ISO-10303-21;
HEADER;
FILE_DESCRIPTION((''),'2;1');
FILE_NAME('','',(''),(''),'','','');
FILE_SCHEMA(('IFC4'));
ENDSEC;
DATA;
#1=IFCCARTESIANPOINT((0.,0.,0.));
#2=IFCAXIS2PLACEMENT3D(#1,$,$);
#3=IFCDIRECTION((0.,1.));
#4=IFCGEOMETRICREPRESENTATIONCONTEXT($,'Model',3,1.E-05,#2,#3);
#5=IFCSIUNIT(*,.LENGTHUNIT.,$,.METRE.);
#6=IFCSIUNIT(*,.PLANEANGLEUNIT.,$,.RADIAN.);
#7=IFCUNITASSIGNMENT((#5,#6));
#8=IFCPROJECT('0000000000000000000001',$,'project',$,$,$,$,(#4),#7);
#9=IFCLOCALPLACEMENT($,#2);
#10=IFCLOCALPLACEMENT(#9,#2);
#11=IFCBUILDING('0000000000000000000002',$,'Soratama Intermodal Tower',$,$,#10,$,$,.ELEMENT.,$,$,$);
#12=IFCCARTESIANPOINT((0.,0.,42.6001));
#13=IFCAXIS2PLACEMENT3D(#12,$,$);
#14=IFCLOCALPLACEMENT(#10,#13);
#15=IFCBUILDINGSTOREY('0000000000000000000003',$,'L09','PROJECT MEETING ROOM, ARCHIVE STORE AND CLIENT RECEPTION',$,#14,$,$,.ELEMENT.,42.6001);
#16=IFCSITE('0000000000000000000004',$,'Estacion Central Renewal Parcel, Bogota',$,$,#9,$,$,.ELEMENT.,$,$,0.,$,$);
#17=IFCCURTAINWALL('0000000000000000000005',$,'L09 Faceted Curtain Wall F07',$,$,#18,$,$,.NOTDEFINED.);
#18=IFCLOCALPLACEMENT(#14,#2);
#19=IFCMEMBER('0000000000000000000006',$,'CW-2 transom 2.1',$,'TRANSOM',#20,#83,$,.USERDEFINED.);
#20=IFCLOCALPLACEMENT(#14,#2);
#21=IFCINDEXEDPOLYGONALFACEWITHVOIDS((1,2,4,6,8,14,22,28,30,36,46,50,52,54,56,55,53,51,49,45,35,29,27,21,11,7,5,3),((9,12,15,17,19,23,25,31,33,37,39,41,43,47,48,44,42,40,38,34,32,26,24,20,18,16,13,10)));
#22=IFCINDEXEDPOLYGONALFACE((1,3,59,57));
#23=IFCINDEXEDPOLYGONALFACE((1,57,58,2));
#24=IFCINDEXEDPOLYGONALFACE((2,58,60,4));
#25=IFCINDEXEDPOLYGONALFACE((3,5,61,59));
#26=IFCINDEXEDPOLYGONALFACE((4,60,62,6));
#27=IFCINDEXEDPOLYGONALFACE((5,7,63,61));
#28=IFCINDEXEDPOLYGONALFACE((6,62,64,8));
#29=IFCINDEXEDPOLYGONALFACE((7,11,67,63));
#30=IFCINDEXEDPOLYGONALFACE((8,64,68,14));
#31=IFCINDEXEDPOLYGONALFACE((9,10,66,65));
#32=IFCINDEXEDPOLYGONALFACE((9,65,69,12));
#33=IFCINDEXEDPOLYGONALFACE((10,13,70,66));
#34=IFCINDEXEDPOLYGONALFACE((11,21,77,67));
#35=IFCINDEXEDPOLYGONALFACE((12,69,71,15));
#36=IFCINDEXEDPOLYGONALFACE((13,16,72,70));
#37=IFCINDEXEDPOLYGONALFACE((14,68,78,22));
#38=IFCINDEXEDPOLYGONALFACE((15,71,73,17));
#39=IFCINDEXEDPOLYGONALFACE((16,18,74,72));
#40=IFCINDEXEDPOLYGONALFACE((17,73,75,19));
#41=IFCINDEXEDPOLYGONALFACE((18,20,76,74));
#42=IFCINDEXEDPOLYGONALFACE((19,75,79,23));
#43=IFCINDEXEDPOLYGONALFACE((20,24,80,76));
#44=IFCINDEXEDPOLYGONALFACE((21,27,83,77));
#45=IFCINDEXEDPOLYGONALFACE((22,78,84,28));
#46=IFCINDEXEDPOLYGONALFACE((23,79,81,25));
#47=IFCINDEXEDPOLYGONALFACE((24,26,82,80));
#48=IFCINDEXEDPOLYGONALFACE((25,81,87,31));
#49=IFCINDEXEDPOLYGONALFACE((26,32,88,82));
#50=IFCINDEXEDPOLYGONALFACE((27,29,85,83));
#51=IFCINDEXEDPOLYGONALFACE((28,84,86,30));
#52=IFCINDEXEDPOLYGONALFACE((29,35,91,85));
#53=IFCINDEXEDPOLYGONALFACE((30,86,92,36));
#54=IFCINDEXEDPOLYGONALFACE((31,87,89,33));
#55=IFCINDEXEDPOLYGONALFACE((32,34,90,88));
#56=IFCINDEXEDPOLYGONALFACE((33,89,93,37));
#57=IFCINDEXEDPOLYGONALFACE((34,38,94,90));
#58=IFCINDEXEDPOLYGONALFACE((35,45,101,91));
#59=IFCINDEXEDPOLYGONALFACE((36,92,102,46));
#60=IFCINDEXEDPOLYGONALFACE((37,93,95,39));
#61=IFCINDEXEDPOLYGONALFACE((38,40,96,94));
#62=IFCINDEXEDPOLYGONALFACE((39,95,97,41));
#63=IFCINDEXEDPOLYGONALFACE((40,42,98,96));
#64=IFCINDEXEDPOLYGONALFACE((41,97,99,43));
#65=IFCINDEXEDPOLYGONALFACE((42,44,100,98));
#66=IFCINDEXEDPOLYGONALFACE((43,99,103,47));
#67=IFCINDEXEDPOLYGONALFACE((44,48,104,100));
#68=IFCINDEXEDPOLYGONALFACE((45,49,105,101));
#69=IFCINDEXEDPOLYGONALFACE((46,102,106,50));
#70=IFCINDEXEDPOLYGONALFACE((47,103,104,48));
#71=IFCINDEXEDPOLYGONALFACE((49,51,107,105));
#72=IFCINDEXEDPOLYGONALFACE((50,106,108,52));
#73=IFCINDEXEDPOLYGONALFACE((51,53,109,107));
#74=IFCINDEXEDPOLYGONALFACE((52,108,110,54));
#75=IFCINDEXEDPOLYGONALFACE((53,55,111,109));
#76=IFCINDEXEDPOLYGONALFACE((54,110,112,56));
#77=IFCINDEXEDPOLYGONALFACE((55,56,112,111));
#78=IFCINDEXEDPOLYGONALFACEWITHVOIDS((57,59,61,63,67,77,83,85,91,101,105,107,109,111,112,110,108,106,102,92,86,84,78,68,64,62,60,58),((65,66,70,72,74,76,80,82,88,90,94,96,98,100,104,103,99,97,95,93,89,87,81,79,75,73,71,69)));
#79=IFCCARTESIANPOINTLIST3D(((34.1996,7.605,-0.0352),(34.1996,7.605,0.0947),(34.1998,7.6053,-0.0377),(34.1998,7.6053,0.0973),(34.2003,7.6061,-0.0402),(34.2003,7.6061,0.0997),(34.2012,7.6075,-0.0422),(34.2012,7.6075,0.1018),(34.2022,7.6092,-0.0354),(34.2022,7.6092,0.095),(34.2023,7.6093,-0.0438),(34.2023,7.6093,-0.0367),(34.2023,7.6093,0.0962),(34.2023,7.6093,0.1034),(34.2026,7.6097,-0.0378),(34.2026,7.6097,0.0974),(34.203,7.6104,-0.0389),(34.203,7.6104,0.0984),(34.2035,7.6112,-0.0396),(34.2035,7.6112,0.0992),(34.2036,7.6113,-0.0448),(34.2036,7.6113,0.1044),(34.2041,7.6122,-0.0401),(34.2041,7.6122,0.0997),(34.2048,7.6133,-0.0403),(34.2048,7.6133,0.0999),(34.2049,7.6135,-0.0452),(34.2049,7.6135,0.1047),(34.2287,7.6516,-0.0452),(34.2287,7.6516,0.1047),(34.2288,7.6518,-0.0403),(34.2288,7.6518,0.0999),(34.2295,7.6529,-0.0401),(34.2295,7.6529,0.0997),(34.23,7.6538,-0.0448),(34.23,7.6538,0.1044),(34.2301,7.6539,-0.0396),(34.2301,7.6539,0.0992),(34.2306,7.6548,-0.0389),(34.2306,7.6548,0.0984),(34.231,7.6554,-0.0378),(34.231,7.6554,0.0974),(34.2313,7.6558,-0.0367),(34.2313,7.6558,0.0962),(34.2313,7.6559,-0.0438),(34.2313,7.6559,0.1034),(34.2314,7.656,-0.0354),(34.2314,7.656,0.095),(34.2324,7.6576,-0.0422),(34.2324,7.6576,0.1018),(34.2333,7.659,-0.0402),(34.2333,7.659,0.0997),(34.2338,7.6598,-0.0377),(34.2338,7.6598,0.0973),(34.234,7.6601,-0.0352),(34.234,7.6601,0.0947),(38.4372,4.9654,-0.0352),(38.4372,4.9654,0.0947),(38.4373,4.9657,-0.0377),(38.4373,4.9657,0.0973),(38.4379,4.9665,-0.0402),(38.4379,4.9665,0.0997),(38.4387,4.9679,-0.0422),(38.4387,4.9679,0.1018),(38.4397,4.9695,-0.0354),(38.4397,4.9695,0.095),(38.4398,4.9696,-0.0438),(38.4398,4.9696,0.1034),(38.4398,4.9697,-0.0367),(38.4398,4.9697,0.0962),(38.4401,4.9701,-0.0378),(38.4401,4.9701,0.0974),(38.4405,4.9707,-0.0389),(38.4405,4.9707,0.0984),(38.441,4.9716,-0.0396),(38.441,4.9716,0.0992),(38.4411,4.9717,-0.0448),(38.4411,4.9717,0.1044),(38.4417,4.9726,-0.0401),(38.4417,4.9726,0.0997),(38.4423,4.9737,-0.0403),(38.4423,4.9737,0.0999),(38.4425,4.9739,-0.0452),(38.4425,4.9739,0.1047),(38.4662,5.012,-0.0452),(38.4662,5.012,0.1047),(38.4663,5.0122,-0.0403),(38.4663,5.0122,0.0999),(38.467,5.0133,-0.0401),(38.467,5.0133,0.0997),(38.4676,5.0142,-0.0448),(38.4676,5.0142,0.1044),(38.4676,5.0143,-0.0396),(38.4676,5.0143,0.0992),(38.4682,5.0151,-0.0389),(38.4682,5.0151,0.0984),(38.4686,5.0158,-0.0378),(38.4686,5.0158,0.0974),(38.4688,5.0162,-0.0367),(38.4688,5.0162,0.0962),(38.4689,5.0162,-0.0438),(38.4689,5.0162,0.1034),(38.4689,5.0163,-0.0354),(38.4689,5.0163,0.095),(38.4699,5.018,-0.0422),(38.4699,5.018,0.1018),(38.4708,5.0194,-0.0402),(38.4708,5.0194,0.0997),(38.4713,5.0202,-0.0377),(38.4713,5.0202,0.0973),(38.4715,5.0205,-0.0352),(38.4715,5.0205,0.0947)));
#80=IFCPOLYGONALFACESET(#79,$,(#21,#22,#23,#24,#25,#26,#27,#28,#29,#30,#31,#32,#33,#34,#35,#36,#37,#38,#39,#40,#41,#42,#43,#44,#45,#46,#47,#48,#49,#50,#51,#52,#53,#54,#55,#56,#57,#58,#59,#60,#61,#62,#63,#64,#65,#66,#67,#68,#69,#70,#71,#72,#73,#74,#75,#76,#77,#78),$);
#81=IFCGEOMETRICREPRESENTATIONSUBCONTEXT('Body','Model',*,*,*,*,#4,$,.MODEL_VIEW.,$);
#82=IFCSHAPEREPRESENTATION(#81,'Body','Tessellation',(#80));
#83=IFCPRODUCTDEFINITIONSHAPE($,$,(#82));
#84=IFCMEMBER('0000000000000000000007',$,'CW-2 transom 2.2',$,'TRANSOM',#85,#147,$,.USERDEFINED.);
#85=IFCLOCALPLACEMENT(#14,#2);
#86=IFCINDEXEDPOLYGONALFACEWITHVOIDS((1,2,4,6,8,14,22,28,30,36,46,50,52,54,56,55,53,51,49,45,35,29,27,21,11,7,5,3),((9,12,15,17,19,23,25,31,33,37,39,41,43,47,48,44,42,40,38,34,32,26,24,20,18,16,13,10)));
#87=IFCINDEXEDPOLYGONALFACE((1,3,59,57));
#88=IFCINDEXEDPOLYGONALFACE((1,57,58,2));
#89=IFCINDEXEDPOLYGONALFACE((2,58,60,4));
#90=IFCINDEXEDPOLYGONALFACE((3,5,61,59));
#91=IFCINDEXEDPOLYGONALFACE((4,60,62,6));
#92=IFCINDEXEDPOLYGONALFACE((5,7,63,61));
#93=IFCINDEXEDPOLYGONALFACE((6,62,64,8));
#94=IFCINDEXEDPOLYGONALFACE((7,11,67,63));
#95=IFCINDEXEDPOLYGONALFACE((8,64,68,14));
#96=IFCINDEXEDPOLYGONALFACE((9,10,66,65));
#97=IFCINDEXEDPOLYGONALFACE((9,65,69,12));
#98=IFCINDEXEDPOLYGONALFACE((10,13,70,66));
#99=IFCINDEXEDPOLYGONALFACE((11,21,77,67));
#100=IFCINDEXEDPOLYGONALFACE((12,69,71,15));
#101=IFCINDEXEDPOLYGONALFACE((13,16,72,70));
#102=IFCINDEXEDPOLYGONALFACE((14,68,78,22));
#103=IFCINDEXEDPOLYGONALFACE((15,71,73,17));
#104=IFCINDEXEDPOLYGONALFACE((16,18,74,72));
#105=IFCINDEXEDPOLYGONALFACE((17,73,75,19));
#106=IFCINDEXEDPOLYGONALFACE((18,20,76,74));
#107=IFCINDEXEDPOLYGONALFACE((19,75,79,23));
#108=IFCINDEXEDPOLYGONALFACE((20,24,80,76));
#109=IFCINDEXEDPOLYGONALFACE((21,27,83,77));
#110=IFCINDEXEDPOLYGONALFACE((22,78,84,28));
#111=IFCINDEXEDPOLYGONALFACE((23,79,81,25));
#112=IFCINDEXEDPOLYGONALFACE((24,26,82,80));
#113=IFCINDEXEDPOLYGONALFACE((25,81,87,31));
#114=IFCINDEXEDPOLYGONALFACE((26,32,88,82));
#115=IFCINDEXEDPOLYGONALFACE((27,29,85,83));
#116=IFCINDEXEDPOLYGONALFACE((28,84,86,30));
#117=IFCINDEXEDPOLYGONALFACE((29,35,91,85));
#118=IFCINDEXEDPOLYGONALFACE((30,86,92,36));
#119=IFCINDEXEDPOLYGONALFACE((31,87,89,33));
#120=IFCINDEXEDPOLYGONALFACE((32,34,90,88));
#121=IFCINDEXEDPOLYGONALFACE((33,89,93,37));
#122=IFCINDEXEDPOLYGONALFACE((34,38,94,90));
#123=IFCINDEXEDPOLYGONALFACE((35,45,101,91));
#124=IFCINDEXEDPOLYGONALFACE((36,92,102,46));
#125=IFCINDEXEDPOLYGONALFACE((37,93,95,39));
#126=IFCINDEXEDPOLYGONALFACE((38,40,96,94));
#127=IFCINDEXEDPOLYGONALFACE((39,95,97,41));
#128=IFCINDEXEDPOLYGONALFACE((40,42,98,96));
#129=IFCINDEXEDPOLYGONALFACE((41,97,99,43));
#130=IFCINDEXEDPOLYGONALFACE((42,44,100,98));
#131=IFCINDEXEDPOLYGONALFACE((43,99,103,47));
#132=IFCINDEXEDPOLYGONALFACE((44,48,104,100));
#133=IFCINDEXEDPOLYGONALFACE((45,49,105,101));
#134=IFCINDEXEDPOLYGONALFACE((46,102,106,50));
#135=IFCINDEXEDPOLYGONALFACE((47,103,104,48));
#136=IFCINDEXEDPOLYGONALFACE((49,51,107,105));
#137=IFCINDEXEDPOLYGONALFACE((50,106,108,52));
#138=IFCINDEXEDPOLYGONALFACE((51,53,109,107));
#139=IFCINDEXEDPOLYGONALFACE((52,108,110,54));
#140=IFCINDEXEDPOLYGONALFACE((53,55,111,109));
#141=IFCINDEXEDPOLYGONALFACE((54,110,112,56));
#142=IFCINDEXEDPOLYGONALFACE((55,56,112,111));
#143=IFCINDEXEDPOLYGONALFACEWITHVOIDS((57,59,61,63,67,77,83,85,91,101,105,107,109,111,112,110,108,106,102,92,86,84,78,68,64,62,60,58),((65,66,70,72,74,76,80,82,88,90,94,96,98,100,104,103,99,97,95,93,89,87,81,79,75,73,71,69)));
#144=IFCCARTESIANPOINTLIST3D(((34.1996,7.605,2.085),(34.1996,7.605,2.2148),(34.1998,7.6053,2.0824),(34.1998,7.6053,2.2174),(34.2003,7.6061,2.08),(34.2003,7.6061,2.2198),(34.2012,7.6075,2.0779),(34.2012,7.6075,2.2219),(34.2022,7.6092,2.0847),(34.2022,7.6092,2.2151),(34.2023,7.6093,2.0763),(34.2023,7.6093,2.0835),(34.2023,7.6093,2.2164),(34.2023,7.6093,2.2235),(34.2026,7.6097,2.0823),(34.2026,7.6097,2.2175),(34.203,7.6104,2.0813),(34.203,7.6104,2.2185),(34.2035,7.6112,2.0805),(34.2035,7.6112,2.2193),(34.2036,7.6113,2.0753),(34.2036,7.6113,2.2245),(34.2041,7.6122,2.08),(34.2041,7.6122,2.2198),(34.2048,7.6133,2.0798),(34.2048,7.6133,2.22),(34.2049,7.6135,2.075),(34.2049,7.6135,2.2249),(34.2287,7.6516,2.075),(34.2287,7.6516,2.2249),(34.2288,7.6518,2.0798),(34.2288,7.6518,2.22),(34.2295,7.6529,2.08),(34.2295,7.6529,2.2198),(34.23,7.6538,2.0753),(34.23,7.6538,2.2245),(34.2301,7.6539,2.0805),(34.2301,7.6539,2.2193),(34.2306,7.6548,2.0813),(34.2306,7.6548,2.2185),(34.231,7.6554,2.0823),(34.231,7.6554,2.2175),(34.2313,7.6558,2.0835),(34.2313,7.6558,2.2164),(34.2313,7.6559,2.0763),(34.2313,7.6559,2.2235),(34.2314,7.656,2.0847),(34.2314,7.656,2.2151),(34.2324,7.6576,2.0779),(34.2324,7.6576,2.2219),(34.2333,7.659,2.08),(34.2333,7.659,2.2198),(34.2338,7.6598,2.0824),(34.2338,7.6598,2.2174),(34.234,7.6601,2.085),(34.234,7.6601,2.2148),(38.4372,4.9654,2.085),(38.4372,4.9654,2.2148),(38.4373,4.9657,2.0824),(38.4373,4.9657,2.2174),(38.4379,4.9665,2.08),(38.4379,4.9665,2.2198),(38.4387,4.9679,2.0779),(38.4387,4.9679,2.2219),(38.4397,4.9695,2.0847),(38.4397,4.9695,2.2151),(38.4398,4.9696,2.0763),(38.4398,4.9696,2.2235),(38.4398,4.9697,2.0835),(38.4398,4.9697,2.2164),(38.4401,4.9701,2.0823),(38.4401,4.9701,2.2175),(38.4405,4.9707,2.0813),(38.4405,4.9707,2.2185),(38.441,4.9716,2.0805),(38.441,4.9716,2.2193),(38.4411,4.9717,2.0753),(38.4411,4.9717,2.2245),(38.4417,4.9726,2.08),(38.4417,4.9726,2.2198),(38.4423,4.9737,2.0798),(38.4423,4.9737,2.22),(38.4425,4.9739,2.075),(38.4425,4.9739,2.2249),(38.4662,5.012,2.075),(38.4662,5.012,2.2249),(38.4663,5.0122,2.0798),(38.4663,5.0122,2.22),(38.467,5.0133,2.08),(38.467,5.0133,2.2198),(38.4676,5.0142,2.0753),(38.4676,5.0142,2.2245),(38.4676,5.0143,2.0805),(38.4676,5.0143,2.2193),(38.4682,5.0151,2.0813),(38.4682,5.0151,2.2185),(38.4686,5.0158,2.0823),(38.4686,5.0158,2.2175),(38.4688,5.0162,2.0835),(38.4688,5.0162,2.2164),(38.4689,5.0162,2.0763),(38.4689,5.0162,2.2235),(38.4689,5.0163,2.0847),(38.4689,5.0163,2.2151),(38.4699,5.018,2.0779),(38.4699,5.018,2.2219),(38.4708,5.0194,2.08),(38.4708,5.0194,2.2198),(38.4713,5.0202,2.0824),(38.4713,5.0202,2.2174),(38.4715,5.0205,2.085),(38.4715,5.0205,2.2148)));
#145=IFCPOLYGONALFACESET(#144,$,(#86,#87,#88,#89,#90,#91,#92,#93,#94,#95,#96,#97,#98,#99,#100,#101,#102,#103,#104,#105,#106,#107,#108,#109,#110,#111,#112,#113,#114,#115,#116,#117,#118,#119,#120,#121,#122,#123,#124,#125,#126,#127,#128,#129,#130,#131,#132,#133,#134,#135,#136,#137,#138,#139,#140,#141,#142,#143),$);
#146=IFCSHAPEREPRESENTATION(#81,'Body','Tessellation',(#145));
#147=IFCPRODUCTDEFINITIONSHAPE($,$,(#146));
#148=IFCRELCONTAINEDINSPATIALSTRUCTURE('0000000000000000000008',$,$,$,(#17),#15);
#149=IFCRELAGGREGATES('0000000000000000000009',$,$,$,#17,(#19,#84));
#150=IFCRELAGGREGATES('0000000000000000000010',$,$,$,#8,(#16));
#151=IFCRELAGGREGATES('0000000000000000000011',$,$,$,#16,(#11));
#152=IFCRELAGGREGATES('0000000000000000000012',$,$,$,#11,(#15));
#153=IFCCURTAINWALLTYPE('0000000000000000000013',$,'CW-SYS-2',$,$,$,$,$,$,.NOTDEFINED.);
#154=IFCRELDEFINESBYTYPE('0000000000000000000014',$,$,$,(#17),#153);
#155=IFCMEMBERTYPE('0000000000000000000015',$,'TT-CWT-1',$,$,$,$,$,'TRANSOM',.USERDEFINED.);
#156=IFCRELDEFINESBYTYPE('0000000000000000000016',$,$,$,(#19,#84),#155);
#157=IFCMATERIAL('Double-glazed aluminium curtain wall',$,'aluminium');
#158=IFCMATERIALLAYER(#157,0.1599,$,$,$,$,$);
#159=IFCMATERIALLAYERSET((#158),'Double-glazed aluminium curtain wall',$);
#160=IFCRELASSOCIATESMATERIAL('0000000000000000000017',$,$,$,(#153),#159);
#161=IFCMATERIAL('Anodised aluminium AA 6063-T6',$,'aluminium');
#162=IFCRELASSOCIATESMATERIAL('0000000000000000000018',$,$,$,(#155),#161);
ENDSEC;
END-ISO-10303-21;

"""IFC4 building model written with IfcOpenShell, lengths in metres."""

from ifc_helpers import new_model, si_unit, direction, frame, origin, origin_2d, place, context, subcontext, project, spatial, hollow_rectangle, extrude, material, layer, layer_set, material_profile, profile_set, type_object, element, aggregate, save


model = new_model("IFC4")

# Units and contexts
model_context = context("Model", 3, precision=1e-05, world=origin(), true_north=direction((0.0, 1.0)))
body_context = subcontext(model_context, "Body", "Model", "MODEL_VIEW")
ifc_project = project(units=[si_unit("LENGTHUNIT", "METRE"), si_unit("PLANEANGLEUNIT", "RADIAN")], contexts=[model_context])

# Site, building, storey
site_placement = place(None, origin())
site = spatial("IfcSite", under=ifc_project, at=site_placement, Name="Estacion Central Renewal Parcel, Bogota", CompositionType="ELEMENT", RefElevation=0.0)
building_placement = place(site_placement, origin())
building = spatial("IfcBuilding", under=site, at=building_placement, Name="Soratama Intermodal Tower", CompositionType="ELEMENT")
storey_placement = place(building_placement, frame((0.0, 0.0, 42.6001)))
storey = spatial("IfcBuildingStorey", under=building, at=storey_placement, Name="L09", Description="PROJECT MEETING ROOM, ARCHIVE STORE AND CLIENT RECEPTION", CompositionType="ELEMENT", Elevation=42.6001)

# Curtain wall, members
ifc_material_1 = material(Name="Double-glazed aluminium curtain wall", Category="aluminium")
ifc_layer_1 = layer(ifc_material_1, 0.1599)
ifc_layer_set_1 = layer_set([ifc_layer_1], Name="Double-glazed aluminium curtain wall")
curtain_wall_type = type_object("IfcCurtainWallType", Name="CW-SYS-2", PredefinedType="NOTDEFINED", material=ifc_layer_set_1)
curtain_wall_placement = place(storey_placement, origin())
curtain_wall = element("IfcCurtainWall", 1, at=curtain_wall_placement, inside=storey, type_object=curtain_wall_type, Name="L09 Faceted Curtain Wall F07", PredefinedType="NOTDEFINED")
ifc_material_2 = material(Name="Anodised aluminium AA 6063-T6", Category="aluminium")
ifc_material_profile_1 = material_profile(ifc_material_2, hollow_rectangle(XDim=0.0649, YDim=0.1499, WallThickness=0.0049, InnerFilletRadius=0.0049, OuterFilletRadius=0.01, at=origin_2d()), Name="CWT150X65X5")
ifc_profile_set_1 = profile_set([ifc_material_profile_1], Name="Anodised aluminium AA 6063-T6")
member_type_1 = type_object("IfcMemberType", Name="TT-CWT-1", ElementType="TRANSOM", PredefinedType="USERDEFINED", material=ifc_profile_set_1)
member_1_placement = place(storey_placement, frame((34.2168, 7.6326, 0.0298), z_axis=(0.848791, -0.528728, 0.0), x_axis=(0.528728, 0.848791, 0.0)))
member_1 = element("IfcMember", 2, at=member_1_placement, type_object=member_type_1, Name="CW-2 transom 2.1", ObjectType="TRANSOM", PredefinedType="USERDEFINED", context=body_context, shape_type="SweptSolid", body=[
    extrude(hollow_rectangle(XDim=0.0649, YDim=0.1499, WallThickness=0.0049, InnerFilletRadius=0.0049, OuterFilletRadius=0.01, at=origin_2d()), origin(), (0.0, 0.0, 1.0), 4.9924),
])
member_2_placement = place(storey_placement, frame((34.2168, 7.6326, 2.1499), z_axis=(0.848791, -0.528728, 0.0), x_axis=(0.528728, 0.848791, 0.0)))
member_2 = element("IfcMember", 3, at=member_2_placement, type_object=member_type_1, Name="CW-2 transom 2.2", ObjectType="TRANSOM", PredefinedType="USERDEFINED", context=body_context, shape_type="SweptSolid", body=[
    extrude(hollow_rectangle(XDim=0.0649, YDim=0.1499, WallThickness=0.0049, InnerFilletRadius=0.0049, OuterFilletRadius=0.01, at=origin_2d()), origin(), (0.0, 0.0, 1.0), 4.9924),
])
aggregate(curtain_wall, [member_1, member_2])

save(model, "model.ifc")
